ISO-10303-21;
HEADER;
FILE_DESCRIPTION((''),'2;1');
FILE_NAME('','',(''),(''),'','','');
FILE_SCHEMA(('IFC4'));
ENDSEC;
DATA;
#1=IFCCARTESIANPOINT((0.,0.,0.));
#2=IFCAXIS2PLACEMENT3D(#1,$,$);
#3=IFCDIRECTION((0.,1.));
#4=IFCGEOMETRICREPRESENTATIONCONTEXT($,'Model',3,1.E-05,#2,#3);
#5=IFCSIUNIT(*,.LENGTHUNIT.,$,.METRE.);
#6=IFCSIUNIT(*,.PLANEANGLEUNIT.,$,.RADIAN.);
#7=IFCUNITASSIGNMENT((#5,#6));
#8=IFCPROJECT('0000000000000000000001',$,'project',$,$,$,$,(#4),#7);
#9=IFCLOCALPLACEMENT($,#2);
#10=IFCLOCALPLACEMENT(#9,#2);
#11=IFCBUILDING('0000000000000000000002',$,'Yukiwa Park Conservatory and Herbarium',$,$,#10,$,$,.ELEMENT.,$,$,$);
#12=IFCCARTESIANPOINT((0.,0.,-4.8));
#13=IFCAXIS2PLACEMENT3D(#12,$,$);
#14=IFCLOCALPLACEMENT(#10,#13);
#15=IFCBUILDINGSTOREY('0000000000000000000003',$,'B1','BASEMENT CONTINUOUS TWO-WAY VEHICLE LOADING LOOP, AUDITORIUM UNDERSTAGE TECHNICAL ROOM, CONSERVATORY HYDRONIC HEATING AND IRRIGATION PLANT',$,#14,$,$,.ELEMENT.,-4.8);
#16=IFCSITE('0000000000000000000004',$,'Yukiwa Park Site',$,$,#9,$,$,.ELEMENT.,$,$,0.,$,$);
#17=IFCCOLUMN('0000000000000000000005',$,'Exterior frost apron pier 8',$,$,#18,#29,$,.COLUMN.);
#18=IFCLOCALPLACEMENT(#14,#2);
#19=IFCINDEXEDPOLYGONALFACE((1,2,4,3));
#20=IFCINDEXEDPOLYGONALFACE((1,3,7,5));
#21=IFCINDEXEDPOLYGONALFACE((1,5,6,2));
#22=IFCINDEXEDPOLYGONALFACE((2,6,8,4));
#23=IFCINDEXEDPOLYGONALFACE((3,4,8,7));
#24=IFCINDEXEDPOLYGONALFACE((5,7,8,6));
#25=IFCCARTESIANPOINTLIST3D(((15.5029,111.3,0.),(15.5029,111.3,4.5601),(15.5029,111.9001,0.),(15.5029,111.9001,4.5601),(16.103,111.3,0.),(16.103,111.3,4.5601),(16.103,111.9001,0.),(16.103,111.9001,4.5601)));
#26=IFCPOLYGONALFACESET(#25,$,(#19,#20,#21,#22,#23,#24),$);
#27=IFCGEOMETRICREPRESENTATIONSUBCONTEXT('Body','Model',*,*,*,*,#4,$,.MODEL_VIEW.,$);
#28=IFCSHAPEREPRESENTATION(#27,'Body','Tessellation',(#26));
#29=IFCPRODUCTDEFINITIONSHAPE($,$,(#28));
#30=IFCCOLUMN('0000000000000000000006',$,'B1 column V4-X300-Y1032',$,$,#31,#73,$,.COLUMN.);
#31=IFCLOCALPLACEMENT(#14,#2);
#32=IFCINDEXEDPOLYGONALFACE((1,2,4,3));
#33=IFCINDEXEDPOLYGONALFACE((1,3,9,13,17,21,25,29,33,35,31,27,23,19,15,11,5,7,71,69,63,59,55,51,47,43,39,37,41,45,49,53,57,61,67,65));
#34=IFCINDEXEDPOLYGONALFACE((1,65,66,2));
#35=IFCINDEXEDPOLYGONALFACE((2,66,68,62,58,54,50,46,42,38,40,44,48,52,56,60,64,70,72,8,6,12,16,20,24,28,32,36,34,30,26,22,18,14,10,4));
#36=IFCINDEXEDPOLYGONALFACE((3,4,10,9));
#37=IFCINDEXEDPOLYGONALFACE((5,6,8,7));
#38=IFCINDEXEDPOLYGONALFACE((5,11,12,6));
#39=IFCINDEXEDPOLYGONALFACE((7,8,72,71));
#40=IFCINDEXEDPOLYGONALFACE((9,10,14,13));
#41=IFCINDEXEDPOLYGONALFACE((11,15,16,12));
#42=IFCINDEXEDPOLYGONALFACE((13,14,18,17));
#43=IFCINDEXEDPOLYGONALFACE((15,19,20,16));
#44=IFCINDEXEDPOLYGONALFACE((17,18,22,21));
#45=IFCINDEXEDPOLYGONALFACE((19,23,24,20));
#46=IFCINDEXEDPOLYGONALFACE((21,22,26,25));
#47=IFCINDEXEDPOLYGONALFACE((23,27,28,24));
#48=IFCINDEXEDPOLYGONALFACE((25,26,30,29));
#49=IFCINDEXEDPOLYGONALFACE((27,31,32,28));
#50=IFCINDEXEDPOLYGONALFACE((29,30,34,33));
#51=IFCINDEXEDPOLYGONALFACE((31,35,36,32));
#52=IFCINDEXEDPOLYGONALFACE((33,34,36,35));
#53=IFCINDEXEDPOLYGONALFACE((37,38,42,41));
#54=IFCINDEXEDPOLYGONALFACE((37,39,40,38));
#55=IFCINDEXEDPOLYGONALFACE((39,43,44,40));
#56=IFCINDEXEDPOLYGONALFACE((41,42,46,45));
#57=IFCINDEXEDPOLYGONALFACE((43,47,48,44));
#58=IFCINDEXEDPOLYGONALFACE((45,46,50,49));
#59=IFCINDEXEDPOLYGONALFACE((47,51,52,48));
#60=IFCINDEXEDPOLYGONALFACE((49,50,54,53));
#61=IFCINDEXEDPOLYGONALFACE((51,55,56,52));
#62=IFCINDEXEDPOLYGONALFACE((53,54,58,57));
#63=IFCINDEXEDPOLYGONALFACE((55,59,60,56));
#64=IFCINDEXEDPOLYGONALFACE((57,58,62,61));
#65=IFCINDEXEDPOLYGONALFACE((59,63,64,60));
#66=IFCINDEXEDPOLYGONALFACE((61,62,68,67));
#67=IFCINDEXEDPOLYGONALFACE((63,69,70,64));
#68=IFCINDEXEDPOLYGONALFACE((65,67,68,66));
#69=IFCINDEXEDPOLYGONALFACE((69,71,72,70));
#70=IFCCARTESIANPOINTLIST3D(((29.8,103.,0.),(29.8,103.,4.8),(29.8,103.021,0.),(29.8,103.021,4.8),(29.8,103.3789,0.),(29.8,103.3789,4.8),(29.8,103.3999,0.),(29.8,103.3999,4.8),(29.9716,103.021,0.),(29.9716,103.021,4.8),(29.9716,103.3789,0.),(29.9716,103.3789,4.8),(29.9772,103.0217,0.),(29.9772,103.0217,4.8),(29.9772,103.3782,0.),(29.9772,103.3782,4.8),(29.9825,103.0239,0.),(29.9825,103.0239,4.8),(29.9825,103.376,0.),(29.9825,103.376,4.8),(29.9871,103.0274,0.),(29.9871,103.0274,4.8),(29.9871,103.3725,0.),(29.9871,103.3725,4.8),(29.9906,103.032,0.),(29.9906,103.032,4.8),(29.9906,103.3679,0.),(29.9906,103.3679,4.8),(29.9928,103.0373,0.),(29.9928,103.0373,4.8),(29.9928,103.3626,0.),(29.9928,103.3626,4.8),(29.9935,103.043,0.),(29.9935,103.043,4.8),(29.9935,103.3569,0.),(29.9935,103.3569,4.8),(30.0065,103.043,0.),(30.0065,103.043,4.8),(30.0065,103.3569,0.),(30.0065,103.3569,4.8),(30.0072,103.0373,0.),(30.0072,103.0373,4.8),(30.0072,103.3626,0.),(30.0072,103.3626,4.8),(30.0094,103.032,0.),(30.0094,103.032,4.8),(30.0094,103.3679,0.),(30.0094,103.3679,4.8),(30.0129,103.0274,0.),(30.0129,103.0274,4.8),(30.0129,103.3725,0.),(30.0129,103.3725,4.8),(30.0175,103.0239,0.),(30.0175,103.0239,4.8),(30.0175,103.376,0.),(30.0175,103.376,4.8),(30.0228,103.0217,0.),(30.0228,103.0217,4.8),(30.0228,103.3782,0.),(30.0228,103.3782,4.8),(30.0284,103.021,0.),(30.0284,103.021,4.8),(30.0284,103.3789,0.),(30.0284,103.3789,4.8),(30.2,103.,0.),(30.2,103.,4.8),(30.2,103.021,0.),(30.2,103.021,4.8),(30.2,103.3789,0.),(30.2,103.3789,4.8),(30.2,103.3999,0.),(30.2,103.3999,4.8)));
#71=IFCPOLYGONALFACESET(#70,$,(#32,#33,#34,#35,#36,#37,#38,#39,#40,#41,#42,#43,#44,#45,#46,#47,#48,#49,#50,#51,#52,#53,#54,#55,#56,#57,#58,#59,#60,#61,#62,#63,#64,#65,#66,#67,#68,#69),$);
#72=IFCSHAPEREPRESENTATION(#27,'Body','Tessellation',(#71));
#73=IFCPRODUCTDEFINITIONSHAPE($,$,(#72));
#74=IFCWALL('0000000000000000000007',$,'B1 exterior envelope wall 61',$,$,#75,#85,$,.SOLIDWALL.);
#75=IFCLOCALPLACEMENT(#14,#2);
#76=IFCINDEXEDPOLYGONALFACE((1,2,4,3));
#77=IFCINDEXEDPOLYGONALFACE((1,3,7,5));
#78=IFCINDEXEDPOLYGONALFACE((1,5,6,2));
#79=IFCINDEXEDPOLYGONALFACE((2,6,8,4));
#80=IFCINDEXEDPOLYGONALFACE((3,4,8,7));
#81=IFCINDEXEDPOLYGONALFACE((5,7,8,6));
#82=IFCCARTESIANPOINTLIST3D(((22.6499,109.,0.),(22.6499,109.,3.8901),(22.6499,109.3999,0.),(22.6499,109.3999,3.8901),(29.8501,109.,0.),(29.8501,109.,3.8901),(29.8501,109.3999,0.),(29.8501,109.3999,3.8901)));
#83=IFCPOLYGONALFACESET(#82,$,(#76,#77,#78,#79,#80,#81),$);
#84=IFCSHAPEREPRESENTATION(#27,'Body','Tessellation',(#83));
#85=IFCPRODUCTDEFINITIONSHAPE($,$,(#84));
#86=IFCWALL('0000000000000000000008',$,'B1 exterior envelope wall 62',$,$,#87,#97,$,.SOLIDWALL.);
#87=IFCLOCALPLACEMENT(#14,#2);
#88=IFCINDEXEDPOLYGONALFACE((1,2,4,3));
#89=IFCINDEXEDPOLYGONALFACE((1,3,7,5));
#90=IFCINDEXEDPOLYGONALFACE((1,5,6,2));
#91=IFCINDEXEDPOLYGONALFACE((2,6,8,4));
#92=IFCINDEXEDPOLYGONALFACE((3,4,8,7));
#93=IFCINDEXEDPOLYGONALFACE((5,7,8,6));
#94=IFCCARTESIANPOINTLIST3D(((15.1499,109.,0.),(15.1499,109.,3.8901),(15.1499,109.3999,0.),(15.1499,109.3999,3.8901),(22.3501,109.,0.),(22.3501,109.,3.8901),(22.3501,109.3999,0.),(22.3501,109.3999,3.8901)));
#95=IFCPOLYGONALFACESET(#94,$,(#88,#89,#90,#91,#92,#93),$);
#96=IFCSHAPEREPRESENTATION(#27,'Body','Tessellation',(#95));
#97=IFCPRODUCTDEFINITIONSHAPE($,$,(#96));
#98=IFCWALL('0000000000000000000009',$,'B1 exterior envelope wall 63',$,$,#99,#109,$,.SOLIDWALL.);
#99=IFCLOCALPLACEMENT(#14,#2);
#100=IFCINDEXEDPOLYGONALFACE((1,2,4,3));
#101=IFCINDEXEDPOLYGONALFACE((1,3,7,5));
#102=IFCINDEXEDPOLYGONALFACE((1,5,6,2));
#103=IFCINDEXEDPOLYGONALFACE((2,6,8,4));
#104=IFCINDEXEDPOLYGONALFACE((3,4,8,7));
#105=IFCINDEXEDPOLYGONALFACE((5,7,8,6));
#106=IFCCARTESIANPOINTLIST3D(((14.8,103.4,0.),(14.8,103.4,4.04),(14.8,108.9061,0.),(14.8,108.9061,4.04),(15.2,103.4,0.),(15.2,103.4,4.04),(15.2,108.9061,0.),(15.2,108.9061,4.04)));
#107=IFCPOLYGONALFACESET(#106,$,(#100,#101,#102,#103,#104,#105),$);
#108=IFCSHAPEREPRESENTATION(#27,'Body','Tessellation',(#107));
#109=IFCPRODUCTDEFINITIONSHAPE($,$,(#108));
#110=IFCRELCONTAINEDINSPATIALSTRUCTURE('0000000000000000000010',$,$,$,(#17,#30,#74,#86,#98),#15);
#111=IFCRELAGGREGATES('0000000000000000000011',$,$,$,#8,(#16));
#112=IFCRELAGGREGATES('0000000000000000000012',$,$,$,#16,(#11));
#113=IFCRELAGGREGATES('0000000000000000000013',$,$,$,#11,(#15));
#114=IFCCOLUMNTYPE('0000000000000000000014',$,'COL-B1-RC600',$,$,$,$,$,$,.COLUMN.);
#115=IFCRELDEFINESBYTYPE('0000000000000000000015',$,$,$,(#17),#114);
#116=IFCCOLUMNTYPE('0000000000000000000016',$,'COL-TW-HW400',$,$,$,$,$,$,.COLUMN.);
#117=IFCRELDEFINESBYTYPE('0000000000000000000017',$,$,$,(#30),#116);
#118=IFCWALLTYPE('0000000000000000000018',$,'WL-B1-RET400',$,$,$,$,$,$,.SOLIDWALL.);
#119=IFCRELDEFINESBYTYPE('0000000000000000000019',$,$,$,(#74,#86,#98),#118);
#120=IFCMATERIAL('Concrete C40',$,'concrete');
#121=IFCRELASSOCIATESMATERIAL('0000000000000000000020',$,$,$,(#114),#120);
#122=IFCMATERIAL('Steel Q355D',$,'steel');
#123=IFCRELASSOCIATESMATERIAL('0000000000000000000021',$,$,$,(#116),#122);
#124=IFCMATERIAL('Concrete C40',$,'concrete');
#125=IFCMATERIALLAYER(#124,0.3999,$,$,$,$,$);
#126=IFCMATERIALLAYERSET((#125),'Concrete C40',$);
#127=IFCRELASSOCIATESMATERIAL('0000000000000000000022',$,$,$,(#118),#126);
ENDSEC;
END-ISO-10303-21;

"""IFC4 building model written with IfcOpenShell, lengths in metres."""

from ifc_helpers import new_model, si_unit, direction, frame, frame_2d, origin, origin_2d, place, context, subcontext, project, spatial, rectangle, i_section, extrude, material, layer, layer_set, material_profile, profile_set, type_object, element, save


model = new_model("IFC4")

# Units and contexts
model_context = context("Model", 3, precision=1e-05, world=origin(), true_north=direction((0.0, 1.0)))
body_context = subcontext(model_context, "Body", "Model", "MODEL_VIEW")
ifc_project = project(units=[si_unit("LENGTHUNIT", "METRE"), si_unit("PLANEANGLEUNIT", "RADIAN")], contexts=[model_context])

# Site, building, storey
site_placement = place(None, origin())
site = spatial("IfcSite", under=ifc_project, at=site_placement, Name="Yukiwa Park Site", CompositionType="ELEMENT", RefElevation=0.0)
building_placement = place(site_placement, origin())
building = spatial("IfcBuilding", under=site, at=building_placement, Name="Yukiwa Park Conservatory and Herbarium", CompositionType="ELEMENT")
storey_placement = place(building_placement, frame((0.0, 0.0, -4.8)))
storey = spatial("IfcBuildingStorey", under=building, at=storey_placement, Name="B1", Description="BASEMENT CONTINUOUS TWO-WAY VEHICLE LOADING LOOP, AUDITORIUM UNDERSTAGE TECHNICAL ROOM, CONSERVATORY HYDRONIC HEATING AND IRRIGATION PLANT", CompositionType="ELEMENT", Elevation=-4.8)

# Columns
ifc_material_1 = material(Name="Concrete C40", Category="concrete")
ifc_material_profile_1 = material_profile(ifc_material_1, rectangle(XDim=0.6001, YDim=0.6001, at=origin_2d()), Name="RC 600x600")
ifc_profile_set_1 = profile_set([ifc_material_profile_1], Name="Concrete C40")
column_type_1 = type_object("IfcColumnType", Name="COL-B1-RC600", PredefinedType="COLUMN", material=ifc_profile_set_1)
for number, where, z_axis, x_axis, name in (
    (1, (15.803, 111.6001, 0.0), (0.0, 0.0, 1.0), (1.0, 0.0, 0.0), "Exterior frost apron pier 8"),
):
    element("IfcColumn", number, at=place(storey_placement, frame(where, z_axis=z_axis, x_axis=x_axis)), inside=storey, type_object=column_type_1, Name=name, PredefinedType="COLUMN", context=body_context, shape_type="SweptSolid", body=[
        extrude(rectangle(XDim=0.6001, YDim=0.6001, at=origin_2d()), origin(), (0.0, 0.0, 1.0), 4.5601),
    ])
ifc_material_2 = material(Name="Steel Q355D", Category="steel")
ifc_material_profile_2 = material_profile(ifc_material_2, i_section(OverallWidth=0.3999, OverallDepth=0.3999, WebThickness=0.0129, FlangeThickness=0.021, FilletRadius=0.022, at=origin_2d()), Name="HW 400x400x13x21")
ifc_profile_set_2 = profile_set([ifc_material_profile_2], Name="Steel Q355D")
column_type_2 = type_object("IfcColumnType", Name="COL-TW-HW400", PredefinedType="COLUMN", material=ifc_profile_set_2)
column_placement = place(storey_placement, frame((30.0, 103.2, 0.0), z_axis=(0.0, 0.0, 1.0), x_axis=(1.0, 0.0, 0.0)))
element("IfcColumn", 2, at=column_placement, inside=storey, type_object=column_type_2, Name="B1 column V4-X300-Y1032", PredefinedType="COLUMN", context=body_context, shape_type="SweptSolid", body=[
    extrude(i_section(OverallWidth=0.3999, OverallDepth=0.3999, WebThickness=0.0129, FlangeThickness=0.021, FilletRadius=0.022, at=origin_2d()), origin(), (0.0, 0.0, 1.0), 4.8),
])

# Walls
ifc_material_3 = material(Name="Concrete C40", Category="concrete")
ifc_layer = layer(ifc_material_3, 0.3999)
ifc_layer_set = layer_set([ifc_layer], Name="Concrete C40")
wall_type = type_object("IfcWallType", Name="WL-B1-RET400", PredefinedType="SOLIDWALL", material=ifc_layer_set)
for number, where, z_axis, x_axis, name in (
    (3, (29.8501, 109.2, 0.0), (0.0, 0.0, 1.0), (-1.0, 0.0, 0.0), "B1 exterior envelope wall 61"),
    (4, (22.3501, 109.2, 0.0), (0.0, 0.0, 1.0), (-1.0, 0.0, 0.0), "B1 exterior envelope wall 62"),
):
    element("IfcWall", number, at=place(storey_placement, frame(where, z_axis=z_axis, x_axis=x_axis)), inside=storey, type_object=wall_type, Name=name, PredefinedType="SOLIDWALL", context=body_context, shape_type="SweptSolid", body=[
        extrude(rectangle(XDim=7.2002, YDim=0.3999, at=frame_2d((3.6001, 0.0))), origin(), (0.0, 0.0, 1.0), 3.8901),
    ])
wall_placement = place(storey_placement, frame((15.0, 108.906, 0.0), z_axis=(0.0, 0.0, 1.0), x_axis=(0.0, -1.0, 0.0)))
element("IfcWall", 5, at=wall_placement, inside=storey, type_object=wall_type, Name="B1 exterior envelope wall 63", PredefinedType="SOLIDWALL", context=body_context, shape_type="SweptSolid", body=[
    extrude(rectangle(XDim=5.5061, YDim=0.3999, at=frame_2d((2.7529, 0.0))), origin(), (0.0, 0.0, 1.0), 4.04),
])

save(model, "model.ifc")
